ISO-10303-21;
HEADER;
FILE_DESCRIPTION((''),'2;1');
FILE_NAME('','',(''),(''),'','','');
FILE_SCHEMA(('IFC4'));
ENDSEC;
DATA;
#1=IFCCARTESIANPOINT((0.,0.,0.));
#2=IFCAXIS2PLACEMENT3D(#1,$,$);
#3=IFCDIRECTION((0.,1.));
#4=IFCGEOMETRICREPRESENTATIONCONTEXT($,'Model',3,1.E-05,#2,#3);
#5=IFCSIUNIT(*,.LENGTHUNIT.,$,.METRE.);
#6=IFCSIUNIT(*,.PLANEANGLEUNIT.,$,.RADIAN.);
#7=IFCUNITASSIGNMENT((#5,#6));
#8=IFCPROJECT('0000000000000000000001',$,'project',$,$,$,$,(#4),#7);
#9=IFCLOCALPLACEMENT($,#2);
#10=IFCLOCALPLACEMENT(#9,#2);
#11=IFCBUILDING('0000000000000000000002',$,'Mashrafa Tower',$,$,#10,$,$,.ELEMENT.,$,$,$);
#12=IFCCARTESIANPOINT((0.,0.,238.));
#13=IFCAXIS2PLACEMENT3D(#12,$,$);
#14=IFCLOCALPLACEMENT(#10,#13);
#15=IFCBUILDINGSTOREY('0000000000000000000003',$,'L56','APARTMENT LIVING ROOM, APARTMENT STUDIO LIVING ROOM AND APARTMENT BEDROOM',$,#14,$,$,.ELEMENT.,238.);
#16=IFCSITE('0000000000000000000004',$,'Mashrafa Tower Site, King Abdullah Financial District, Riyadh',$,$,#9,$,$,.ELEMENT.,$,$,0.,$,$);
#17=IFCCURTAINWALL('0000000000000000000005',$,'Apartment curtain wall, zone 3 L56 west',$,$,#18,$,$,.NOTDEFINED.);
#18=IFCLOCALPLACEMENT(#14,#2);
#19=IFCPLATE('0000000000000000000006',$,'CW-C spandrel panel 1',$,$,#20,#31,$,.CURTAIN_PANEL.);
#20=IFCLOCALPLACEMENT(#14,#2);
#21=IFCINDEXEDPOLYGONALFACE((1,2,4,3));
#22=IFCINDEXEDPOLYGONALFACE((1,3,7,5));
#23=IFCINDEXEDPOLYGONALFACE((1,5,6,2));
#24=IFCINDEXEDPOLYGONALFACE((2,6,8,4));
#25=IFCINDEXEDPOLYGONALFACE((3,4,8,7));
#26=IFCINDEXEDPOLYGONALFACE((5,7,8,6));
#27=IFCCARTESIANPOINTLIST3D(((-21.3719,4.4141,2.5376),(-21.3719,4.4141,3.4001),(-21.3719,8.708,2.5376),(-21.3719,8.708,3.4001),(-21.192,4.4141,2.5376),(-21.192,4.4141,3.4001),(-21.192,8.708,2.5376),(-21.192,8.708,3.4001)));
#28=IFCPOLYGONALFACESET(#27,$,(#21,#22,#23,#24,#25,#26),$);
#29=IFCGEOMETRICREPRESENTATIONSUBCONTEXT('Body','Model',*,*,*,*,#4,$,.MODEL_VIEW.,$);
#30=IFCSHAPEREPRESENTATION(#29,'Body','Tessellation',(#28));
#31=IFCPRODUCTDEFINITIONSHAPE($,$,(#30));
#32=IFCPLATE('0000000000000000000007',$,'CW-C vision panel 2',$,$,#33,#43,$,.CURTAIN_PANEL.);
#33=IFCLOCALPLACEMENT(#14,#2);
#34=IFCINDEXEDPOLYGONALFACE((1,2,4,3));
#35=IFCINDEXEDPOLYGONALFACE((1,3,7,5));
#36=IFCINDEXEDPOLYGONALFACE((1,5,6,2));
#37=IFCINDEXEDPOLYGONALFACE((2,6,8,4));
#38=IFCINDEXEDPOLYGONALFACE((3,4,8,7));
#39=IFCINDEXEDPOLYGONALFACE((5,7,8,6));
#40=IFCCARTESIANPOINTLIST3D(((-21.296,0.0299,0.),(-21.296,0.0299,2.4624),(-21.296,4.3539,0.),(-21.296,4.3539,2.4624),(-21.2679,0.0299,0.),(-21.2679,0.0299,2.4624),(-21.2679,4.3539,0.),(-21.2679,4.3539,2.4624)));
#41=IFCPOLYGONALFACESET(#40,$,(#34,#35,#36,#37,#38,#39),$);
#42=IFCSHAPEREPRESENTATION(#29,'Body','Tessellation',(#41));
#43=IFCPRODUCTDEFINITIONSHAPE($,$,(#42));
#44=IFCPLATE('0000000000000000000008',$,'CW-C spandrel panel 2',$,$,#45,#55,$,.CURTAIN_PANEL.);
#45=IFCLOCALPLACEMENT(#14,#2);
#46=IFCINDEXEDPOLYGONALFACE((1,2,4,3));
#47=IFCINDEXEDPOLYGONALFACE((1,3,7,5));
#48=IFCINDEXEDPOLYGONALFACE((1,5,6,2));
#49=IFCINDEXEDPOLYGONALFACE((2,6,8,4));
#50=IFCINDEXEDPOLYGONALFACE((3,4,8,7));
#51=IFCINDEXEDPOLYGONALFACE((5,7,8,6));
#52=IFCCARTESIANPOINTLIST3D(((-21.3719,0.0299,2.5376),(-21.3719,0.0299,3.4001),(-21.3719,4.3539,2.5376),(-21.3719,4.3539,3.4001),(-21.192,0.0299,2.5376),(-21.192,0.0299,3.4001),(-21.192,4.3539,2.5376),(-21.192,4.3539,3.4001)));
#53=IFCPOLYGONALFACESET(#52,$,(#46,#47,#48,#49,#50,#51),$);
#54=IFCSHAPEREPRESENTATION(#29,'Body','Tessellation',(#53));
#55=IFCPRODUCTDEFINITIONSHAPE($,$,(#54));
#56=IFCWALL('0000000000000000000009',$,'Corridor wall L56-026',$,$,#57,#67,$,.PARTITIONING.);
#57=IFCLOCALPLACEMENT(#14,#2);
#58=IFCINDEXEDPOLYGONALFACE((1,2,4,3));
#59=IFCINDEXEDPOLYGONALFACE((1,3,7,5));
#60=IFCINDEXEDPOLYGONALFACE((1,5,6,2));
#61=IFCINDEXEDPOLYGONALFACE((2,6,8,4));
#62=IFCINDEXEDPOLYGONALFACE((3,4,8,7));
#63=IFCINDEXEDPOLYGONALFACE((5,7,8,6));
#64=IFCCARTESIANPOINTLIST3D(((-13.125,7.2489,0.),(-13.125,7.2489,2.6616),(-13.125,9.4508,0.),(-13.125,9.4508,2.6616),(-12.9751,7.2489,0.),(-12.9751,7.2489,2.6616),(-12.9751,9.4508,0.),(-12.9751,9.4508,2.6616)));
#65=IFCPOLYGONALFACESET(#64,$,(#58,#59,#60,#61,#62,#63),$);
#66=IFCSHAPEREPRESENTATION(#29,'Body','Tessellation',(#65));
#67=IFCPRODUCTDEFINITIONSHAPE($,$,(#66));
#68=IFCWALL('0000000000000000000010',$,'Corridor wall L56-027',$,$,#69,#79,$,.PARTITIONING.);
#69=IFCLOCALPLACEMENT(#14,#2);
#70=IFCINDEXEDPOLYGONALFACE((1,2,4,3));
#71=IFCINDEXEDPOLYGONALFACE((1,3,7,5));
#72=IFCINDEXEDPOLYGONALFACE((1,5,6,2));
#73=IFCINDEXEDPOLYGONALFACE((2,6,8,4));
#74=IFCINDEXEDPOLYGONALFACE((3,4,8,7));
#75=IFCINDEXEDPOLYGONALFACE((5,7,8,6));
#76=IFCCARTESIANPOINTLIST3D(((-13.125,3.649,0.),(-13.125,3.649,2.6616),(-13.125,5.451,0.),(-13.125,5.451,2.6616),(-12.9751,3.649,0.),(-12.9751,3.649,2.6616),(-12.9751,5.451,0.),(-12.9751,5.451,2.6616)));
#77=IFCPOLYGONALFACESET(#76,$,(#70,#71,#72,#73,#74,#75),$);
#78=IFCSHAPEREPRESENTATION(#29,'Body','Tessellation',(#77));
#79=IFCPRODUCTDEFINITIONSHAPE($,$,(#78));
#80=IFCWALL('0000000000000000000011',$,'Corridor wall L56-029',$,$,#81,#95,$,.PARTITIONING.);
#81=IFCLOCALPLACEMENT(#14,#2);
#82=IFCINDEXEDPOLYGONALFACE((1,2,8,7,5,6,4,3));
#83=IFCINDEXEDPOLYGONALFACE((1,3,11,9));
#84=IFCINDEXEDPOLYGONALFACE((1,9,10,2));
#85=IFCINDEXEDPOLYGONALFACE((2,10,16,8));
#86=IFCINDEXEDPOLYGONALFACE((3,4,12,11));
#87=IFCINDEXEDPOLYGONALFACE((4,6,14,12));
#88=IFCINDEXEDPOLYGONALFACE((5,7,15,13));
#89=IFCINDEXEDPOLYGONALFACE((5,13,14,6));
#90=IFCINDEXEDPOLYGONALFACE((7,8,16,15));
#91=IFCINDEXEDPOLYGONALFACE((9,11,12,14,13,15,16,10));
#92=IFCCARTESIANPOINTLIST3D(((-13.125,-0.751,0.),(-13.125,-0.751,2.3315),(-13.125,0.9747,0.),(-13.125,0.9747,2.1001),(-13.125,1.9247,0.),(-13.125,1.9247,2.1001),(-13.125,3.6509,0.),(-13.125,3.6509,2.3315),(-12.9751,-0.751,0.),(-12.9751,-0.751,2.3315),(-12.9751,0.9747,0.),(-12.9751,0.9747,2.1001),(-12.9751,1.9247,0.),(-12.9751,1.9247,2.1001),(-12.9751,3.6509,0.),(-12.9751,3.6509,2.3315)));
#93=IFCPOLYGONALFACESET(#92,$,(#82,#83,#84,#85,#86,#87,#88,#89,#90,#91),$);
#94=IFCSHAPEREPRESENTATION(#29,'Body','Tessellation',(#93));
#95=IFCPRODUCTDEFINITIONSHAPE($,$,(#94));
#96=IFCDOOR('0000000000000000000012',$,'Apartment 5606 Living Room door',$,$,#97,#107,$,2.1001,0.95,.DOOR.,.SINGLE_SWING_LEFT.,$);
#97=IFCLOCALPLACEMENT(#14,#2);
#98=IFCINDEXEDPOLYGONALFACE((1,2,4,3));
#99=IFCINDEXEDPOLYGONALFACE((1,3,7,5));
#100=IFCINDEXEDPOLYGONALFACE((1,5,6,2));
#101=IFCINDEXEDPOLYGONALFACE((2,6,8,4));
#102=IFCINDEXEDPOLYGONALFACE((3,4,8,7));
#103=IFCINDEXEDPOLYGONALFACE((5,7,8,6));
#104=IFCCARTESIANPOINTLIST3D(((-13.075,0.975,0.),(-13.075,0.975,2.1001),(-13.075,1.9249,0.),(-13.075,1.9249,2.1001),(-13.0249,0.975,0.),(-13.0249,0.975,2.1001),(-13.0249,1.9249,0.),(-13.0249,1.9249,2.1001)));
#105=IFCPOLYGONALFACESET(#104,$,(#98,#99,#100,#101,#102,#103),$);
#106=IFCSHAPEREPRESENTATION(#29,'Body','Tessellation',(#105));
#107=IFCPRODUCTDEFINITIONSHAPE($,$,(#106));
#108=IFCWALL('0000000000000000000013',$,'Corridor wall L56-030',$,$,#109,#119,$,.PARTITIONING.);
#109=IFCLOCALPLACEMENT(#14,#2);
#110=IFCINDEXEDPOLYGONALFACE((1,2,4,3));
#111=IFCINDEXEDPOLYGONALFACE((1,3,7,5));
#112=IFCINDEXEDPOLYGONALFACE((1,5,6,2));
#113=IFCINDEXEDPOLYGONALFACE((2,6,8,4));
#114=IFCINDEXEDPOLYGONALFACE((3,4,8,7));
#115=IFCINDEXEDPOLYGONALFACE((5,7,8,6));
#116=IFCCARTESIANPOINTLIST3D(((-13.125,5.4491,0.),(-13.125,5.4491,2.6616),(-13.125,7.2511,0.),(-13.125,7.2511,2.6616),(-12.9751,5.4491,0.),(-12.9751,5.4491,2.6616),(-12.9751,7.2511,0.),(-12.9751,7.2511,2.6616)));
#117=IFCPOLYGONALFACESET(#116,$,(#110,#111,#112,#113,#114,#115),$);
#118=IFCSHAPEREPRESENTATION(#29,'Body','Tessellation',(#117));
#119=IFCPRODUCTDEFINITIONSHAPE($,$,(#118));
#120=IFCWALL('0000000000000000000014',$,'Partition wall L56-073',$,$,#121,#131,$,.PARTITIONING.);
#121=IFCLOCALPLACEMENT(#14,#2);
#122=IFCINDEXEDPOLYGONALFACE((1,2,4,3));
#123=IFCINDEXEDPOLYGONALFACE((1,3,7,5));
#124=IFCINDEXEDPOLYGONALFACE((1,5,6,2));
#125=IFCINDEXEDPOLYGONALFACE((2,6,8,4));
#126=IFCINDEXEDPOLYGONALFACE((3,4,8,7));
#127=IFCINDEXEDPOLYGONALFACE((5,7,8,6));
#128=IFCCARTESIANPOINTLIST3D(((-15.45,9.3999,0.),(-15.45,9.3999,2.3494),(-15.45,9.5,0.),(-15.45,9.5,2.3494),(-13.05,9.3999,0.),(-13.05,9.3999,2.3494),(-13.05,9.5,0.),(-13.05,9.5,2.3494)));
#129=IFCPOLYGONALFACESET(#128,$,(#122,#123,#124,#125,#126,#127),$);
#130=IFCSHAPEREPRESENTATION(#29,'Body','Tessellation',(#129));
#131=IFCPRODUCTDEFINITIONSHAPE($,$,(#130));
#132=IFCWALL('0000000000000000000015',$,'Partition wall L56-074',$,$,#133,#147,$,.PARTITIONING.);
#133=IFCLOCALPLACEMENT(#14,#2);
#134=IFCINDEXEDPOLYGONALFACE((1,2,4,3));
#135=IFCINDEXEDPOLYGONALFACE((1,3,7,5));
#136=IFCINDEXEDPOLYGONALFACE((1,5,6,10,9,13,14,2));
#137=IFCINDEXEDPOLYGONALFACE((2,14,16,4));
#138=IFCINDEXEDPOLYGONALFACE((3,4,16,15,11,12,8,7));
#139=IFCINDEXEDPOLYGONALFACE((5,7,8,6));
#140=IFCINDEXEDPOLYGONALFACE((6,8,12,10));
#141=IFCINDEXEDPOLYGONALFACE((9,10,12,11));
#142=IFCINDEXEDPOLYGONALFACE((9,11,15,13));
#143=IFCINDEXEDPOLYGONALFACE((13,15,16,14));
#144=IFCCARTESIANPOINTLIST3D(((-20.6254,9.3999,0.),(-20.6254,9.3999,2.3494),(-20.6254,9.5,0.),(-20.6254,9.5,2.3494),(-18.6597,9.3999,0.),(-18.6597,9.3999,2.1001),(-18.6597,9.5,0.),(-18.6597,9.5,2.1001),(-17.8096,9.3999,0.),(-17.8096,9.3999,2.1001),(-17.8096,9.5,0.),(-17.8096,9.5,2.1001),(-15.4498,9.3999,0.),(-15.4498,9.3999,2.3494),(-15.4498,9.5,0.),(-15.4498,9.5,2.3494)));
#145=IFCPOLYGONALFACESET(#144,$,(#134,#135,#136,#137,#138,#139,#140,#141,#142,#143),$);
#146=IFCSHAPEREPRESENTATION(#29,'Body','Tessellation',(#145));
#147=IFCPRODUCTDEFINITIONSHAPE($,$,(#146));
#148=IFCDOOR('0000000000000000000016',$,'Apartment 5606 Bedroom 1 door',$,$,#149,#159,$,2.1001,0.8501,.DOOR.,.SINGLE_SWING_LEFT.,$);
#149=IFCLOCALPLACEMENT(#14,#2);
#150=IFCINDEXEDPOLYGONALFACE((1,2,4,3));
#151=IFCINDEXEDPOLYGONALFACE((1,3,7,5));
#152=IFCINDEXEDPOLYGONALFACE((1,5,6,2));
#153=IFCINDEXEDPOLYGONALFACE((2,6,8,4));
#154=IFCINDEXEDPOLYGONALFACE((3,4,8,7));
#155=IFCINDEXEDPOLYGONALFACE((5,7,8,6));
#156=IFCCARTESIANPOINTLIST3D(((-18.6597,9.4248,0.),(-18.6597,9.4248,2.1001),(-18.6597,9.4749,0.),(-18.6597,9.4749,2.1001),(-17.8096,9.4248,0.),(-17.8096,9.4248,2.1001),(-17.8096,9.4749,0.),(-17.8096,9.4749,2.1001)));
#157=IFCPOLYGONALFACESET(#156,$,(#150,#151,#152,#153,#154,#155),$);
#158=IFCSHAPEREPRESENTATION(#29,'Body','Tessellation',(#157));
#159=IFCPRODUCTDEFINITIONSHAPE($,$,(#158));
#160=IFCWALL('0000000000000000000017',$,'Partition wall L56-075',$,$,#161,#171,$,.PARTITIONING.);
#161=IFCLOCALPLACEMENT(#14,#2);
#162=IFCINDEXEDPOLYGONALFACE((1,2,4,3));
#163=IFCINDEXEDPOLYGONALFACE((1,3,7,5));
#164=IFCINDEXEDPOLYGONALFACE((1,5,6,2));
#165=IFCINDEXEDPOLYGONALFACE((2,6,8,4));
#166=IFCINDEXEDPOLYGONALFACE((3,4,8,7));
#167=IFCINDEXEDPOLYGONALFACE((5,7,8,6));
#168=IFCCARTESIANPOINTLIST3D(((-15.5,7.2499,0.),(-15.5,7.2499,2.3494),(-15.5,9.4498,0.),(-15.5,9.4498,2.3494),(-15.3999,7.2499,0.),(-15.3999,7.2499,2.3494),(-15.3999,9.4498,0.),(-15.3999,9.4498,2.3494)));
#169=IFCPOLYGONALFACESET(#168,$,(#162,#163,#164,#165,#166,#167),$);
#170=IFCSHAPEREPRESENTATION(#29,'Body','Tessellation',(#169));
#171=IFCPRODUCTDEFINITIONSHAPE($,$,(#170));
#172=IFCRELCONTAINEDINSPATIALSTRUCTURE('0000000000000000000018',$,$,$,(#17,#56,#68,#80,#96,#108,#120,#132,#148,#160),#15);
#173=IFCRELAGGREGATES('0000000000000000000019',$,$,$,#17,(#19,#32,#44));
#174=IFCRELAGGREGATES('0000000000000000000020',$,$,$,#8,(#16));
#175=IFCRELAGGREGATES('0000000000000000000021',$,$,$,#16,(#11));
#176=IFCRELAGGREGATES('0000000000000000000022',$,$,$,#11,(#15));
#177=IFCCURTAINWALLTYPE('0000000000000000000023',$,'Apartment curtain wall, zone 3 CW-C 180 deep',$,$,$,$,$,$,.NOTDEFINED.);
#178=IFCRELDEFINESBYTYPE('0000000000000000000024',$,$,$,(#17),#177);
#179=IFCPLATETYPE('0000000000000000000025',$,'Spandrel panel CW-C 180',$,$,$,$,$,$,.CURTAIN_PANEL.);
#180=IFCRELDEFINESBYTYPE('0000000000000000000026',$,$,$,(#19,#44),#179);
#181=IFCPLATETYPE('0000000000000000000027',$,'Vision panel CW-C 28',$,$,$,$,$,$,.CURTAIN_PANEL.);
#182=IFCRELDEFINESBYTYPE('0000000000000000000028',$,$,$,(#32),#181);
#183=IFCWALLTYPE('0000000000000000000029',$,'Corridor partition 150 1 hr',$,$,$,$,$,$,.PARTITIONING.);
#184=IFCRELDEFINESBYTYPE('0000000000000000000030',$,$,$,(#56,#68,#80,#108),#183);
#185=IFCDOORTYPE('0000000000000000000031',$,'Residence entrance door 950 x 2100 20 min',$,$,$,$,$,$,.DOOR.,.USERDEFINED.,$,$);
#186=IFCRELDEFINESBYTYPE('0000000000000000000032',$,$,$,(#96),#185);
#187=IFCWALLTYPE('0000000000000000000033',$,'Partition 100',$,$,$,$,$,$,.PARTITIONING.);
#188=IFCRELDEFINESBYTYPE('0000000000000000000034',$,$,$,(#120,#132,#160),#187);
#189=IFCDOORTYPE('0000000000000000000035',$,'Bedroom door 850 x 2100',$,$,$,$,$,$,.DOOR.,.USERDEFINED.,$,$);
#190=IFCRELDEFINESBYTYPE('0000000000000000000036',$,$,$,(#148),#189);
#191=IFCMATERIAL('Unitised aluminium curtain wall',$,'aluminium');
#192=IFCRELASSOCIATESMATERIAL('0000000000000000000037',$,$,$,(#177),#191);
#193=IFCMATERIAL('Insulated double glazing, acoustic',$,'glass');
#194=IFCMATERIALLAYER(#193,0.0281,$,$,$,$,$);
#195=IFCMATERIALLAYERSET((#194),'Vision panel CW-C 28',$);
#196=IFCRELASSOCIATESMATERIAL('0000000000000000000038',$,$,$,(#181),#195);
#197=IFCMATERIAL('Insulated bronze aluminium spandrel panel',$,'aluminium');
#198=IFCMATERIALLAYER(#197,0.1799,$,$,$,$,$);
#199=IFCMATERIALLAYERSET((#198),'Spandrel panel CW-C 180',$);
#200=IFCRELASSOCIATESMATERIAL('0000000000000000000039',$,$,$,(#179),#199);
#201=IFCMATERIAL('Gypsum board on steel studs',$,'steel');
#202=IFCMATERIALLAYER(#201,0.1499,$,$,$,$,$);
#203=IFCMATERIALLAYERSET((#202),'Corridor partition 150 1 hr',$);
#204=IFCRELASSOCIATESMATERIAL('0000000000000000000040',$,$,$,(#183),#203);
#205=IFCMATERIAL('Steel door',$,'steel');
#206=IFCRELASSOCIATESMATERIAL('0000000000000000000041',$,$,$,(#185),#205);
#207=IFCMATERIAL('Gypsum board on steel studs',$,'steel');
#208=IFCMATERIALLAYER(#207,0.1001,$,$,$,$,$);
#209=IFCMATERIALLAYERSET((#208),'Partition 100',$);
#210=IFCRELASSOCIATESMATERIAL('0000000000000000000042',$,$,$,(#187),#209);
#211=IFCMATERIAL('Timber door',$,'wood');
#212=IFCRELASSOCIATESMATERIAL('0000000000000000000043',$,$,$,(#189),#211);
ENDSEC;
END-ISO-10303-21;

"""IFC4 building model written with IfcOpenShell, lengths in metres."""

from ifc_helpers import new_model, si_unit, direction, frame, frame_2d, origin, origin_2d, place, context, subcontext, project, spatial, rectangle, extrude, source, transform, mapped, material, layer, layer_set, type_object, type_shapes, element, fill, aggregate, save


model = new_model("IFC4")

# Units and contexts
model_context = context("Model", 3, precision=1e-05, world=origin(), true_north=direction((0.0, 1.0)))
body_context = subcontext(model_context, "Body", "Model", "MODEL_VIEW")
ifc_project = project(units=[si_unit("LENGTHUNIT", "METRE"), si_unit("PLANEANGLEUNIT", "RADIAN")], contexts=[model_context])

# Site, building, storey
site_placement = place(None, origin())
site = spatial("IfcSite", under=ifc_project, at=site_placement, Name="Mashrafa Tower Site, King Abdullah Financial District, Riyadh", CompositionType="ELEMENT", RefElevation=0.0)
building_placement = place(site_placement, origin())
building = spatial("IfcBuilding", under=site, at=building_placement, Name="Mashrafa Tower", CompositionType="ELEMENT")
storey_placement = place(building_placement, frame((0.0, 0.0, 238.0)))
storey = spatial("IfcBuildingStorey", under=building, at=storey_placement, Name="L56", Description="APARTMENT LIVING ROOM, APARTMENT STUDIO LIVING ROOM AND APARTMENT BEDROOM", CompositionType="ELEMENT", Elevation=238.0)

# Shared definitions
ifc_material_1 = material(Name="Unitised aluminium curtain wall", Category="aluminium")
curtain_wall_type = type_object("IfcCurtainWallType", Name="Apartment curtain wall, zone 3 CW-C 180 deep", PredefinedType="NOTDEFINED", material=ifc_material_1)

# Curtain wall, plates
curtain_wall_1_placement = place(storey_placement, origin())
curtain_wall_1 = element("IfcCurtainWall", 1, at=curtain_wall_1_placement, inside=storey, type_object=curtain_wall_type, Name="Apartment curtain wall, zone 3 L56 west", PredefinedType="NOTDEFINED")
ifc_material_2 = material(Name="Insulated double glazing, acoustic", Category="glass")
ifc_layer_1 = layer(ifc_material_2, 0.0281)
ifc_layer_set_1 = layer_set([ifc_layer_1], Name="Vision panel CW-C 28")
plate_type_1 = type_object("IfcPlateType", Name="Vision panel CW-C 28", PredefinedType="CURTAIN_PANEL", material=ifc_layer_set_1)
ifc_material_3 = material(Name="Insulated bronze aluminium spandrel panel", Category="aluminium")
ifc_layer_2 = layer(ifc_material_3, 0.1799)
ifc_layer_set_2 = layer_set([ifc_layer_2], Name="Spandrel panel CW-C 180")
plate_type_2 = type_object("IfcPlateType", Name="Spandrel panel CW-C 180", PredefinedType="CURTAIN_PANEL", material=ifc_layer_set_2)
shared_shape_1 = source(origin(), body_context, "Body", "SweptSolid", [
    extrude(rectangle(XDim=4.2939, YDim=0.1799, at=origin_2d()), origin(), (0.0, 0.0, 1.0), 0.8625),
])
plate_1_placement = place(storey_placement, frame((-21.282, 6.561, 2.5376), z_axis=(0.0, 0.0, 1.0), x_axis=(0.0, -1.0, 0.0)))
plate_1 = element("IfcPlate", 2, at=plate_1_placement, type_object=plate_type_2, Name="CW-C spandrel panel 1", PredefinedType="CURTAIN_PANEL", context=body_context, shape_type="MappedRepresentation", body=[
    mapped(shared_shape_1, transform((0.0, 0.0, 0.0))),
])
shared_shape_2 = source(origin(), body_context, "Body", "SweptSolid", [
    extrude(rectangle(XDim=4.324, YDim=0.0281, at=origin_2d()), origin(), (0.0, 0.0, 1.0), 2.4624),
])
plate_2_placement = place(storey_placement, frame((-21.282, 2.1919, 0.0), z_axis=(0.0, 0.0, 1.0), x_axis=(0.0, -1.0, 0.0)))
plate_2 = element("IfcPlate", 3, at=plate_2_placement, type_object=plate_type_1, Name="CW-C vision panel 2", PredefinedType="CURTAIN_PANEL", context=body_context, shape_type="MappedRepresentation", body=[
    mapped(shared_shape_2, transform((0.0, 0.0, 0.0))),
])
shared_shape_3 = source(origin(), body_context, "Body", "SweptSolid", [
    extrude(rectangle(XDim=4.324, YDim=0.1799, at=origin_2d()), origin(), (0.0, 0.0, 1.0), 0.8625),
])
type_shapes(plate_type_2, [shared_shape_1, shared_shape_3])
plate_3_placement = place(storey_placement, frame((-21.282, 2.1919, 2.5376), z_axis=(0.0, 0.0, 1.0), x_axis=(0.0, -1.0, 0.0)))
plate_3 = element("IfcPlate", 4, at=plate_3_placement, type_object=plate_type_2, Name="CW-C spandrel panel 2", PredefinedType="CURTAIN_PANEL", context=body_context, shape_type="MappedRepresentation", body=[
    mapped(shared_shape_3, transform((0.0, 0.0, 0.0))),
])
aggregate(curtain_wall_1, [plate_1, plate_2, plate_3])

# Walls
ifc_material_4 = material(Name="Gypsum board on steel studs", Category="steel")
ifc_layer_3 = layer(ifc_material_4, 0.1499)
ifc_layer_set_3 = layer_set([ifc_layer_3], Name="Corridor partition 150 1 hr")
wall_type_1 = type_object("IfcWallType", Name="Corridor partition 150 1 hr", PredefinedType="PARTITIONING", material=ifc_layer_set_3)
wall_1_placement = place(storey_placement, frame((-13.05, 9.4509, 0.0), z_axis=(0.0, 0.0, 1.0), x_axis=(0.0, -1.0, 0.0)))
element("IfcWall", 5, at=wall_1_placement, inside=storey, type_object=wall_type_1, Name="Corridor wall L56-026", PredefinedType="PARTITIONING", context=body_context, shape_type="SweptSolid", body=[
    extrude(rectangle(XDim=2.2019, YDim=0.1499, at=frame_2d((1.1011, 0.0))), origin(), (0.0, 0.0, 1.0), 2.6616),
])
wall_2_placement = place(storey_placement, frame((-13.05, 5.4509, 0.0), z_axis=(0.0, 0.0, 1.0), x_axis=(0.0, -1.0, 0.0)))
element("IfcWall", 6, at=wall_2_placement, inside=storey, type_object=wall_type_1, Name="Corridor wall L56-027", PredefinedType="PARTITIONING", context=body_context, shape_type="SweptSolid", body=[
    extrude(rectangle(XDim=1.802, YDim=0.1499, at=frame_2d((0.9009, 0.0))), origin(), (0.0, 0.0, 1.0), 2.6616),
])

# Wall, opening, door
wall_3_placement = place(storey_placement, frame((-13.05, 3.6509, 0.0), z_axis=(0.0, 0.0, 1.0), x_axis=(0.0, -1.0, 0.0)))
wall_3 = element("IfcWall", 7, at=wall_3_placement, inside=storey, type_object=wall_type_1, Name="Corridor wall L56-029", PredefinedType="PARTITIONING", context=body_context, shape_type="SweptSolid", body=[
    extrude(rectangle(XDim=4.4019, YDim=0.1499, at=frame_2d((2.2009, 0.0))), origin(), (0.0, 0.0, 1.0), 2.3315),
])
opening_1_placement = place(wall_3_placement, frame((1.7261, 0.0, 0.0)))
opening_1 = element("IfcOpeningElement", 8, at=opening_1_placement, cuts=wall_3, PredefinedType="OPENING", context=body_context, shape_type="SweptSolid", body=[
    extrude(rectangle(XDim=0.95, YDim=2.1001, at=frame_2d((0.4751, 1.05))), frame((0.0, 0.085, 0.0), z_axis=(0.0, -1.0, 0.0), x_axis=(1.0, 0.0, 0.0)), (0.0, 0.0, 1.0), 0.1699),
])
ifc_material_5 = material(Name="Steel door", Category="steel")
door_type_1 = type_object("IfcDoorType", Name="Residence entrance door 950 x 2100 20 min", OperationType="USERDEFINED", PredefinedType="DOOR", material=ifc_material_5)
door_1_placement = place(opening_1_placement, frame((0.95, 0.0, 0.0), z_axis=(0.0, 0.0, 1.0), x_axis=(-1.0, 0.0, 0.0)))
door_1 = element("IfcDoor", 9, at=door_1_placement, inside=storey, type_object=door_type_1, Name="Apartment 5606 Living Room door", OperationType="SINGLE_SWING_LEFT", OverallHeight=2.1001, OverallWidth=0.95, PredefinedType="DOOR", context=body_context, shape_type="SweptSolid", body=[
    extrude(rectangle(XDim=0.95, YDim=2.1001, at=frame_2d((0.4751, 1.05))), frame((0.0, 0.0249, 0.0), z_axis=(0.0, -1.0, 0.0), x_axis=(1.0, 0.0, 0.0)), (0.0, 0.0, 1.0), 0.05),
])
fill(opening_1, door_1)

# Walls
wall_4_placement = place(storey_placement, frame((-13.05, 7.251, 0.0), z_axis=(0.0, 0.0, 1.0), x_axis=(0.0, -1.0, 0.0)))
element("IfcWall", 10, at=wall_4_placement, inside=storey, type_object=wall_type_1, Name="Corridor wall L56-030", PredefinedType="PARTITIONING", context=body_context, shape_type="SweptSolid", body=[
    extrude(rectangle(XDim=1.802, YDim=0.1499, at=frame_2d((0.9009, 0.0))), origin(), (0.0, 0.0, 1.0), 2.6616),
])
ifc_material_6 = material(Name="Gypsum board on steel studs", Category="steel")
ifc_layer_4 = layer(ifc_material_6, 0.1001)
ifc_layer_set_4 = layer_set([ifc_layer_4], Name="Partition 100")
wall_type_2 = type_object("IfcWallType", Name="Partition 100", PredefinedType="PARTITIONING", material=ifc_layer_set_4)
wall_5_placement = place(storey_placement, frame((-15.45, 9.45, 0.0), z_axis=(0.0, 0.0, 1.0), x_axis=(1.0, 0.0, 0.0)))
element("IfcWall", 11, at=wall_5_placement, inside=storey, type_object=wall_type_2, Name="Partition wall L56-073", PredefinedType="PARTITIONING", context=body_context, shape_type="SweptSolid", body=[
    extrude(rectangle(XDim=2.3999, YDim=0.1001, at=frame_2d((1.2, 0.0))), origin(), (0.0, 0.0, 1.0), 2.3494),
])

# Wall, opening, door
wall_6_placement = place(storey_placement, frame((-20.6255, 9.45, 0.0), z_axis=(0.0, 0.0, 1.0), x_axis=(1.0, 0.0, 0.0)))
wall_6 = element("IfcWall", 12, at=wall_6_placement, inside=storey, type_object=wall_type_2, Name="Partition wall L56-074", PredefinedType="PARTITIONING", context=body_context, shape_type="SweptSolid", body=[
    extrude(rectangle(XDim=5.1755, YDim=0.1001, at=frame_2d((2.5879, 0.0))), origin(), (0.0, 0.0, 1.0), 2.3494),
])
opening_2_placement = place(wall_6_placement, frame((1.9658, 0.0, 0.0)))
opening_2 = element("IfcOpeningElement", 13, at=opening_2_placement, cuts=wall_6, PredefinedType="OPENING", context=body_context, shape_type="SweptSolid", body=[
    extrude(rectangle(XDim=0.8501, YDim=2.1001, at=frame_2d((0.425, 1.05))), frame((0.0, 0.0601, 0.0), z_axis=(0.0, -1.0, 0.0), x_axis=(1.0, 0.0, 0.0)), (0.0, 0.0, 1.0), 0.1201),
])
ifc_material_7 = material(Name="Timber door", Category="wood")
door_type_2 = type_object("IfcDoorType", Name="Bedroom door 850 x 2100", OperationType="USERDEFINED", PredefinedType="DOOR", material=ifc_material_7)
door_2_placement = place(opening_2_placement, origin())
door_2 = element("IfcDoor", 14, at=door_2_placement, inside=storey, type_object=door_type_2, Name="Apartment 5606 Bedroom 1 door", OperationType="SINGLE_SWING_LEFT", OverallHeight=2.1001, OverallWidth=0.8501, PredefinedType="DOOR", context=body_context, shape_type="SweptSolid", body=[
    extrude(rectangle(XDim=0.8501, YDim=2.1001, at=frame_2d((0.425, 1.05))), frame((0.0, 0.0249, 0.0), z_axis=(0.0, -1.0, 0.0), x_axis=(1.0, 0.0, 0.0)), (0.0, 0.0, 1.0), 0.05),
])
fill(opening_2, door_2)

# Wall
wall_7_placement = place(storey_placement, frame((-15.45, 9.45, 0.0), z_axis=(0.0, 0.0, 1.0), x_axis=(0.0, -1.0, 0.0)))
element("IfcWall", 15, at=wall_7_placement, inside=storey, type_object=wall_type_2, Name="Partition wall L56-075", PredefinedType="PARTITIONING", context=body_context, shape_type="SweptSolid", body=[
    extrude(rectangle(XDim=2.2, YDim=0.1001, at=frame_2d((1.1001, 0.0))), origin(), (0.0, 0.0, 1.0), 2.3494),
])

save(model, "model.ifc")
